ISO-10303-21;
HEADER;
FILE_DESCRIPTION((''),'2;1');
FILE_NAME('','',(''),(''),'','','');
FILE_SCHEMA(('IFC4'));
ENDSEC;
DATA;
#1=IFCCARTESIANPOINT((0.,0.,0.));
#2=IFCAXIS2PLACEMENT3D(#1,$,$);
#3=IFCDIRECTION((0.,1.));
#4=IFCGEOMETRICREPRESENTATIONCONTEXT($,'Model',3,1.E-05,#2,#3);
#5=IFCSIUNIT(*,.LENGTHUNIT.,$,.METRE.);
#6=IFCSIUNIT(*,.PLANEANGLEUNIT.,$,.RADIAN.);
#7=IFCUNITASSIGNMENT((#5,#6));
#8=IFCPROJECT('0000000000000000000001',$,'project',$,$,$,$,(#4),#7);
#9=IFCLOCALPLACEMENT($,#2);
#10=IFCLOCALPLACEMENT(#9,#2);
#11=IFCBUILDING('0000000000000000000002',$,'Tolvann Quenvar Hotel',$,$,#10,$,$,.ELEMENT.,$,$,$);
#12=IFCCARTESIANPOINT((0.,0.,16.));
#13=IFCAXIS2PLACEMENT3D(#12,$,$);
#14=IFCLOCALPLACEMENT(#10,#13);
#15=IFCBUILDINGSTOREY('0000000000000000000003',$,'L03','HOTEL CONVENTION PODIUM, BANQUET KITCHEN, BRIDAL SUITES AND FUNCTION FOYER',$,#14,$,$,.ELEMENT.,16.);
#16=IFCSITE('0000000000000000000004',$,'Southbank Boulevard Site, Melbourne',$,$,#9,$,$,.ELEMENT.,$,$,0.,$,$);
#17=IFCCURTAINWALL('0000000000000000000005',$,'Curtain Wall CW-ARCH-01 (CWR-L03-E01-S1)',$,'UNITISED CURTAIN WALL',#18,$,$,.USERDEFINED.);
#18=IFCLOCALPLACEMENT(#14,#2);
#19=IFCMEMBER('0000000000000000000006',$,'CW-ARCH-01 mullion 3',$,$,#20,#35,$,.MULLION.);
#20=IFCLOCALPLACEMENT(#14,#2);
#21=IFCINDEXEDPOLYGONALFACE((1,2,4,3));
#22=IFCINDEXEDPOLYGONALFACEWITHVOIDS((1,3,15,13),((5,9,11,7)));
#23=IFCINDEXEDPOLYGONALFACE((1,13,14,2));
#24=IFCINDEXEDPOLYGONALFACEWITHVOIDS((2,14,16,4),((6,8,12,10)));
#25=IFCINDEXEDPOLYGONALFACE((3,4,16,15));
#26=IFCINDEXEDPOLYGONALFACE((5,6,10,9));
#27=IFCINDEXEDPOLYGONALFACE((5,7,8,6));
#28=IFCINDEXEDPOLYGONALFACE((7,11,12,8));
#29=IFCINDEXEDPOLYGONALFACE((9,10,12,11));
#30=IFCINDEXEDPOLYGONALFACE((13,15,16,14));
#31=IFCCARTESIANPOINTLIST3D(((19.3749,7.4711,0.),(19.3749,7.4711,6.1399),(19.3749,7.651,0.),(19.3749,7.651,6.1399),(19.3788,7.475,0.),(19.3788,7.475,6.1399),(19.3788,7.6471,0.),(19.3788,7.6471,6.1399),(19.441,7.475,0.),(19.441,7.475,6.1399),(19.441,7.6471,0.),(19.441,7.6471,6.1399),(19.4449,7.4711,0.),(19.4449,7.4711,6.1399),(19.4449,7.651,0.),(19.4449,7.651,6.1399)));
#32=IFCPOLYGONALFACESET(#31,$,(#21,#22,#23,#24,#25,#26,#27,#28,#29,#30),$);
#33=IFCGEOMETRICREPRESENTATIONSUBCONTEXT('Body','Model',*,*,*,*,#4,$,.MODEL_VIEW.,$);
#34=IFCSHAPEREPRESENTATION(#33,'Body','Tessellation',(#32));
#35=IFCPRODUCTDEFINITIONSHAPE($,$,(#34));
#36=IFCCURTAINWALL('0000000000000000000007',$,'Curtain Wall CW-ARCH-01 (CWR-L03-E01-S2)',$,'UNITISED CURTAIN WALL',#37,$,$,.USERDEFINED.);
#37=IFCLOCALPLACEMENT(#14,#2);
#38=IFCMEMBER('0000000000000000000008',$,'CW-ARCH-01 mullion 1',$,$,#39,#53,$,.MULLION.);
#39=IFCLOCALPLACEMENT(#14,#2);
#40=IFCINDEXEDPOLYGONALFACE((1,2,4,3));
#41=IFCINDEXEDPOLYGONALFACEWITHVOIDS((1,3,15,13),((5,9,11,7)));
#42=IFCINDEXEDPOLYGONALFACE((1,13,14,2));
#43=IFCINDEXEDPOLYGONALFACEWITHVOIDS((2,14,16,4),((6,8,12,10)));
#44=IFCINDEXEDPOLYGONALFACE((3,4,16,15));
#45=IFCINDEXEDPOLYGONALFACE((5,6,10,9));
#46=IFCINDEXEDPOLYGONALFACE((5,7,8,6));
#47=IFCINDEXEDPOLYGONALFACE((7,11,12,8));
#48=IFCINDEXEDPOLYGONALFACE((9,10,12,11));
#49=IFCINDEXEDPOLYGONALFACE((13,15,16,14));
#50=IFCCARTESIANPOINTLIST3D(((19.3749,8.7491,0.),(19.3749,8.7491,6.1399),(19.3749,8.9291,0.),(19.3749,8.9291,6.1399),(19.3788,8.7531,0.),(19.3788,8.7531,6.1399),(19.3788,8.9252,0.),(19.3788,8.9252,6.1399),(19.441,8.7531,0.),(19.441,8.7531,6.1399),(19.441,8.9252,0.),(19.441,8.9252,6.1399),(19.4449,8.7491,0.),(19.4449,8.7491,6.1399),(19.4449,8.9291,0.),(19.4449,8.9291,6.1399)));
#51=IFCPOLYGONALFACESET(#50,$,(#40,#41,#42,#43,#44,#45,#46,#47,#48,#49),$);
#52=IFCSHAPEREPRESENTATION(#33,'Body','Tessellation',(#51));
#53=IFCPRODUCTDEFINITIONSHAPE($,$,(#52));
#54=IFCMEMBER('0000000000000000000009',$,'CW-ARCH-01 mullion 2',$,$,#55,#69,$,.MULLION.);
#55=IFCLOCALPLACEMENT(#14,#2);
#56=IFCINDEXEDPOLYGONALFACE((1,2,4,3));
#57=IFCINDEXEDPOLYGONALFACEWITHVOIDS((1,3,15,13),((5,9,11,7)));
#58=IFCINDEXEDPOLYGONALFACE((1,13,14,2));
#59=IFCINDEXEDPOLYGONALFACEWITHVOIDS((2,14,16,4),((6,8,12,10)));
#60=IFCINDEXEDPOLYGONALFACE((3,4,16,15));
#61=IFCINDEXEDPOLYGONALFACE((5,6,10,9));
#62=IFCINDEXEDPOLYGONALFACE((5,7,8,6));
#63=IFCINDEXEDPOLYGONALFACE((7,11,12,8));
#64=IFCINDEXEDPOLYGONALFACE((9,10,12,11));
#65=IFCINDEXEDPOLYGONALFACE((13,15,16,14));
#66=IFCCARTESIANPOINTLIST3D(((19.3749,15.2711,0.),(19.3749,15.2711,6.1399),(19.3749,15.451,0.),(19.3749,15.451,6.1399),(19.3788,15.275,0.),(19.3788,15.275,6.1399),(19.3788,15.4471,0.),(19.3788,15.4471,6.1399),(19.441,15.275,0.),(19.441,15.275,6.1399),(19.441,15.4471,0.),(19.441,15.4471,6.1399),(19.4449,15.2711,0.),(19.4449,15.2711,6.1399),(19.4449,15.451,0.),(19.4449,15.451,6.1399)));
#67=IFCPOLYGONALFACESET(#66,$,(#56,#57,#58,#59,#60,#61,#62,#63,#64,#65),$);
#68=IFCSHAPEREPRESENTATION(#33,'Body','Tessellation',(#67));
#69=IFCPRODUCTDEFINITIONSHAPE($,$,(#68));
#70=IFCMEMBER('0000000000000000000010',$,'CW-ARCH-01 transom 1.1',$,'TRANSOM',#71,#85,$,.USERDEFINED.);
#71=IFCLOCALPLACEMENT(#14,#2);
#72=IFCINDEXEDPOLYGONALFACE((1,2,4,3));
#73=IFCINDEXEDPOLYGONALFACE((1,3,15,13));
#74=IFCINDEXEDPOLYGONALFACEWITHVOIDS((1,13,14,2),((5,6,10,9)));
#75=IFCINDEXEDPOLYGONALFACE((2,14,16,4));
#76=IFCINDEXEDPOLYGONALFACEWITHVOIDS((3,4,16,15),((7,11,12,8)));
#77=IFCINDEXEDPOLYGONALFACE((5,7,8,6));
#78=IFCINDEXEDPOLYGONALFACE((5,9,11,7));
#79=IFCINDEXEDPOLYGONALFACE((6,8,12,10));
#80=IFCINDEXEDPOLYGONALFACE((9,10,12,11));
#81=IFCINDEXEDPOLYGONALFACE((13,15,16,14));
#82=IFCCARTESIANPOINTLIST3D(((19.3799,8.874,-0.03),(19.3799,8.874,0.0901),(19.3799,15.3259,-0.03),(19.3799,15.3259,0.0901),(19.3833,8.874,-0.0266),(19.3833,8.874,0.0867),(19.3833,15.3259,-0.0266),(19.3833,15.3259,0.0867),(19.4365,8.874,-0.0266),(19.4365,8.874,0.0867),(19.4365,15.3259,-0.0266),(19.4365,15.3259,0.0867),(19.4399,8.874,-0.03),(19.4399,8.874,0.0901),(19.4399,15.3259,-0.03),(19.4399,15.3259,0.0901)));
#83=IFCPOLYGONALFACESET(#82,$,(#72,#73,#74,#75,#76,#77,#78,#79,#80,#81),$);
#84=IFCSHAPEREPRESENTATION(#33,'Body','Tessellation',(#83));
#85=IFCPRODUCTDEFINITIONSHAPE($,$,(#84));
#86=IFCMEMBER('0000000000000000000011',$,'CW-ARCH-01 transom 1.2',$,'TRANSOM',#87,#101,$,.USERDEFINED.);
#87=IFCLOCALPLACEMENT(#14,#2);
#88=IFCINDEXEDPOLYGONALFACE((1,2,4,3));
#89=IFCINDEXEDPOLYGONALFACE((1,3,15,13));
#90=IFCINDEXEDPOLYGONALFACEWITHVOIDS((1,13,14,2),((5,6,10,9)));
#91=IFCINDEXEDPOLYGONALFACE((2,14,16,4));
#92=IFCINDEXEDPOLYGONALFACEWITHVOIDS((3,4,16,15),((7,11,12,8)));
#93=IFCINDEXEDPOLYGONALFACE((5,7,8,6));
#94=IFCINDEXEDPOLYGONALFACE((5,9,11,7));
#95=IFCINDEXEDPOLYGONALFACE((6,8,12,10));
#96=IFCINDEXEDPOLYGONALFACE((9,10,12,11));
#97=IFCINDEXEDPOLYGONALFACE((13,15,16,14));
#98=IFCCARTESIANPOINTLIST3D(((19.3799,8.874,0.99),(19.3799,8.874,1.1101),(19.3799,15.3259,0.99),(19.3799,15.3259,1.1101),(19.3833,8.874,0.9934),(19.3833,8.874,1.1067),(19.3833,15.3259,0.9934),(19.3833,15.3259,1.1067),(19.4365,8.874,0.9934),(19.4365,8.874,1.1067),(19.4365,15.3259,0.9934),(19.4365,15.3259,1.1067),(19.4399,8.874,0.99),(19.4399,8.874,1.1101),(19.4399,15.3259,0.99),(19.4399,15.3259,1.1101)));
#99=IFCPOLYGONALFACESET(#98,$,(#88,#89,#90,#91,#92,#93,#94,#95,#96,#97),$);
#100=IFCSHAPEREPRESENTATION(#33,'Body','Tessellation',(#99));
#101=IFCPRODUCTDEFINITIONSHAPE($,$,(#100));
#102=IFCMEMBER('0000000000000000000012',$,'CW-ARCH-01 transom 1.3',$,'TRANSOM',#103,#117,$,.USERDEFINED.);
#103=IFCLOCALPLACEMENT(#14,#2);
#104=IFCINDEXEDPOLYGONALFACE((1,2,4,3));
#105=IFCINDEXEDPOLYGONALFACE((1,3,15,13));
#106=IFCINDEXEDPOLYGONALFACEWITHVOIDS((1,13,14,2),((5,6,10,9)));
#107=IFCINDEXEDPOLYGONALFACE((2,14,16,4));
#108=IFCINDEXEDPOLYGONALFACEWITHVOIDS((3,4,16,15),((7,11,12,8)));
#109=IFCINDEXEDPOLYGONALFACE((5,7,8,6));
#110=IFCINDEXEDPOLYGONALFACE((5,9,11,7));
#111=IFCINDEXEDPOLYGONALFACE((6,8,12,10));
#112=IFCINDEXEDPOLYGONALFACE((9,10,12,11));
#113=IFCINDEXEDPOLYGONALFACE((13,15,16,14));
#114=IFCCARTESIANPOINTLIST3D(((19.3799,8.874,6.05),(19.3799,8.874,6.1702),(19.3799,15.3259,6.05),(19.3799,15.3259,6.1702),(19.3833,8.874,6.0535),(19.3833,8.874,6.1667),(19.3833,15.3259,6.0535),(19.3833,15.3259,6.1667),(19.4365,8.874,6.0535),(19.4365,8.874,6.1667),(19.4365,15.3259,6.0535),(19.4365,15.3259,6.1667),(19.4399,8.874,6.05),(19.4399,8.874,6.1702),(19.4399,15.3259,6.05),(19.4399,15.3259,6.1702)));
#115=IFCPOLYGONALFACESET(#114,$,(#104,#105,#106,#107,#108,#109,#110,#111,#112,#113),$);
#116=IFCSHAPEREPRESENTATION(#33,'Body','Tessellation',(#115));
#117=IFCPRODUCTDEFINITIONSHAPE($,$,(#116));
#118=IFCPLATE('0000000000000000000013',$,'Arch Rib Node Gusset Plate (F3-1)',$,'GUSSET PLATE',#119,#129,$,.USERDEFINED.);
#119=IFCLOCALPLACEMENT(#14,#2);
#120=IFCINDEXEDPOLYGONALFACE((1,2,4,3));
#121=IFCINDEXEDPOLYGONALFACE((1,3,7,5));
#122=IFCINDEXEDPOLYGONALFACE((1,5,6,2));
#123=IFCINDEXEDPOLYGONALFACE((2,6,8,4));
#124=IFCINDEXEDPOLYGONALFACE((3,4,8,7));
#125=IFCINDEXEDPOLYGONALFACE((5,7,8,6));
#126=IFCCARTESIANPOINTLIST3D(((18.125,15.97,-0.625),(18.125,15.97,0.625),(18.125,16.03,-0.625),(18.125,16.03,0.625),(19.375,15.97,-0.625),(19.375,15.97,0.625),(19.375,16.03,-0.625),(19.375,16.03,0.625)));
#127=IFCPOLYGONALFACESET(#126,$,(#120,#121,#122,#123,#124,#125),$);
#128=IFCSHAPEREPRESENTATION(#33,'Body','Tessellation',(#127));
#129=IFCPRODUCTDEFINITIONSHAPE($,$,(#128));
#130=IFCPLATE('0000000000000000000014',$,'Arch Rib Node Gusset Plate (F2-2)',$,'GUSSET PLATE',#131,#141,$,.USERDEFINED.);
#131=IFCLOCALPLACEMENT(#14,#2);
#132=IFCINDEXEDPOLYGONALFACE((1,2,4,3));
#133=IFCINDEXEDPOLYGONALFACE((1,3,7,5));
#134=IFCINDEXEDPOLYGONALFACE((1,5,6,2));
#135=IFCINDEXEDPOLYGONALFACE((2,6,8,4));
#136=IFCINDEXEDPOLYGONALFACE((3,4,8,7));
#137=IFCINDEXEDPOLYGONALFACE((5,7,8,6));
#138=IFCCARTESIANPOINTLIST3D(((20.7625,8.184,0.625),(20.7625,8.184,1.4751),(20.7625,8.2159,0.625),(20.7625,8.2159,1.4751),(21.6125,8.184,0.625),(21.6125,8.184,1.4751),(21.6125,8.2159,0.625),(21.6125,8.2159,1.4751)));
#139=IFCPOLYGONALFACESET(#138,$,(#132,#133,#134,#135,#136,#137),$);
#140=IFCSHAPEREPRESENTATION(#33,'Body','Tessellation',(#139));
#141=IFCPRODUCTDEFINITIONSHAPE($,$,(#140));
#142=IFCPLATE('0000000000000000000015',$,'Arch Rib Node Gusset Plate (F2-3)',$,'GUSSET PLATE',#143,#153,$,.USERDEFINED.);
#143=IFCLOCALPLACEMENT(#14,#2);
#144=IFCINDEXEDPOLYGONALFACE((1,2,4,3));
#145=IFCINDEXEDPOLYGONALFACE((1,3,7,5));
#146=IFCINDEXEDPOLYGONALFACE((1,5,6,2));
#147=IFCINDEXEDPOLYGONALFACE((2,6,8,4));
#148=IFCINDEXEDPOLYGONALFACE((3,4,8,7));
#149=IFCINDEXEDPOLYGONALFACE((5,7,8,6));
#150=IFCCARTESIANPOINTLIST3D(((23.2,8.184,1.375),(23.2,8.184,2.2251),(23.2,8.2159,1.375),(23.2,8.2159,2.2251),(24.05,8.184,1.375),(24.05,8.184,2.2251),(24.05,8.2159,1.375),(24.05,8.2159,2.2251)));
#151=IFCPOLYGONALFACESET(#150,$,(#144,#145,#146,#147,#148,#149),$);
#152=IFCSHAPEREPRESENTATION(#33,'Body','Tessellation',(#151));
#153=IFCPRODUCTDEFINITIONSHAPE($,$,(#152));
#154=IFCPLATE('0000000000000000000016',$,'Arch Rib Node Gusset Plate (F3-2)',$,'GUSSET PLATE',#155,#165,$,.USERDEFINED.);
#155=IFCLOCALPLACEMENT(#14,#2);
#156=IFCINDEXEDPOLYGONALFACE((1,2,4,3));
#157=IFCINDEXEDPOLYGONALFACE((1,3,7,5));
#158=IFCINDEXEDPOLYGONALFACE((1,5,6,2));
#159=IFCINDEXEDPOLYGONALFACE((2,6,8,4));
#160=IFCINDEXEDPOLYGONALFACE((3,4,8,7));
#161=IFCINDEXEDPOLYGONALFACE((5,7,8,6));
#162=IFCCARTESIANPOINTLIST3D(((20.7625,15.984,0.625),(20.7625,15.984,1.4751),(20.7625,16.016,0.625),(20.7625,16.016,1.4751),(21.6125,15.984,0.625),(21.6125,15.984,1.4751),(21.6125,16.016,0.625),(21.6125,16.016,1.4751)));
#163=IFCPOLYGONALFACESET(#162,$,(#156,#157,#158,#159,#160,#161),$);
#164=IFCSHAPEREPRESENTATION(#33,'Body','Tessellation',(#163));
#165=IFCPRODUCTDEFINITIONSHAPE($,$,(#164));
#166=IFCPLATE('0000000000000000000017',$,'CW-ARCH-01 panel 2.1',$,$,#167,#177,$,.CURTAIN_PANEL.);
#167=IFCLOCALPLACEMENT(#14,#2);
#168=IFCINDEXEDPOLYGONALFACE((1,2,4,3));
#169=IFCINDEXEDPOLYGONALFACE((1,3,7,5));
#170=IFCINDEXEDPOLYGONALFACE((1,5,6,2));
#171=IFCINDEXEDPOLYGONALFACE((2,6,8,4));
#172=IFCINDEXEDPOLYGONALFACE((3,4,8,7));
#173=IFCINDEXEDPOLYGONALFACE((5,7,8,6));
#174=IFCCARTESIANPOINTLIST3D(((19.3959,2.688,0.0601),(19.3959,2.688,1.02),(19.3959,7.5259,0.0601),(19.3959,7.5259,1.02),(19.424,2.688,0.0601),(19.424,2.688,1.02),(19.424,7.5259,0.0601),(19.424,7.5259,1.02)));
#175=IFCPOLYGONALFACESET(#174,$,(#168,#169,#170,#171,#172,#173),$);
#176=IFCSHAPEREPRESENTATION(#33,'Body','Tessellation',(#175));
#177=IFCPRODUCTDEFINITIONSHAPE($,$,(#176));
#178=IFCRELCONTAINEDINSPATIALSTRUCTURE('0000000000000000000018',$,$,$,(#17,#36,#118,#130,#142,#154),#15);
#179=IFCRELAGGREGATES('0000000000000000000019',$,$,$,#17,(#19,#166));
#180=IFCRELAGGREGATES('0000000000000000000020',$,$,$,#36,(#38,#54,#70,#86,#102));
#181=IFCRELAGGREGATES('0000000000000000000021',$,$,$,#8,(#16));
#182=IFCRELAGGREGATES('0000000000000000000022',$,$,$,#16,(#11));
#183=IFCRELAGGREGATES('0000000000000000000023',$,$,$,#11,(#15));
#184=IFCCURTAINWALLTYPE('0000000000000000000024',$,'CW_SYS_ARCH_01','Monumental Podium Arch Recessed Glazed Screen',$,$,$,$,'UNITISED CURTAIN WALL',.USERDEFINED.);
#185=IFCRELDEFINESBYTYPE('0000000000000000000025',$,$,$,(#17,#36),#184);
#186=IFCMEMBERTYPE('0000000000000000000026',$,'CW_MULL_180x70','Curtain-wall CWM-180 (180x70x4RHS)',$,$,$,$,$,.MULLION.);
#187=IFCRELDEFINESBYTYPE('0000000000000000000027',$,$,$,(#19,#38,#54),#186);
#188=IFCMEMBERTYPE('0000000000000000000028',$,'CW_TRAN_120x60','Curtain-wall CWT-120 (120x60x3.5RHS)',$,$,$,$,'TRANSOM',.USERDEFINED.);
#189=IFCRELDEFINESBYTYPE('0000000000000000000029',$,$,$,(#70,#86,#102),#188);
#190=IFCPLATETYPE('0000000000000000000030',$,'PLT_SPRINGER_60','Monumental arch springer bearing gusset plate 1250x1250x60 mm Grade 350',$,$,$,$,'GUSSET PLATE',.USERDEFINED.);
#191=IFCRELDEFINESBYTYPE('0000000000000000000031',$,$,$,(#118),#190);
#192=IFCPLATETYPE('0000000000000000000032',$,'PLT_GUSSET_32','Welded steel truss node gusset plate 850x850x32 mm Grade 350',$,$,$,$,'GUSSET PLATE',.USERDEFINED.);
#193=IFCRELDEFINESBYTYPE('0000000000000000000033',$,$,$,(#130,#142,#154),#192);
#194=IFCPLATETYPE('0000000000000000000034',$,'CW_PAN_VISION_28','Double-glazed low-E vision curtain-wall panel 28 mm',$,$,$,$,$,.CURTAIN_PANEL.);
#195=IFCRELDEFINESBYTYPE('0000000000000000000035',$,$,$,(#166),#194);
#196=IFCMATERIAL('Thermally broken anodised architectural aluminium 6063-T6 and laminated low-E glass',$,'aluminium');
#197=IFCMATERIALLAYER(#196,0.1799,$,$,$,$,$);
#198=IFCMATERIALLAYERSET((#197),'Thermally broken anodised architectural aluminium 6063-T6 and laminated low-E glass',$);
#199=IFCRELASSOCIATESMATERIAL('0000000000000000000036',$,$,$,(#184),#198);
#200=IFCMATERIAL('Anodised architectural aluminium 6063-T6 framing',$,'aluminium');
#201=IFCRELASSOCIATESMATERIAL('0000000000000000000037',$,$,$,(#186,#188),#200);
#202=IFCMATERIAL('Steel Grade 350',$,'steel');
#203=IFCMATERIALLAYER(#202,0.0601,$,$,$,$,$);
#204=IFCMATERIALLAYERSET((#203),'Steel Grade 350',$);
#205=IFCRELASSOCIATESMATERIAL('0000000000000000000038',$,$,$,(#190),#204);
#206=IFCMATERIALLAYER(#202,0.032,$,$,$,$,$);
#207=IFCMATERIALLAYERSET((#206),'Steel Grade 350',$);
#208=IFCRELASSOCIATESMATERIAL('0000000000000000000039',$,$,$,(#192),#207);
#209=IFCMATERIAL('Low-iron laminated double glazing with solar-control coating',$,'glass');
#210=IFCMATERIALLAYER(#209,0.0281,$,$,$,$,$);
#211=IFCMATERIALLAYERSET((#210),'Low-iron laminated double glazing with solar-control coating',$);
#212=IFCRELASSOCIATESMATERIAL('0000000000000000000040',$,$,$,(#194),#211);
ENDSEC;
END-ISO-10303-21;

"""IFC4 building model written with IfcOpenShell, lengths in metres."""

from ifc_helpers import new_model, si_unit, direction, frame, origin, origin_2d, place, context, subcontext, project, spatial, rectangle, hollow_rectangle, extrude, source, transform, mapped, material, layer, layer_set, material_profile, profile_set, type_object, type_shapes, element, aggregate, save


model = new_model("IFC4")

# Units and contexts
model_context = context("Model", 3, precision=1e-05, world=origin(), true_north=direction((0.0, 1.0)))
body_context = subcontext(model_context, "Body", "Model", "MODEL_VIEW")
ifc_project = project(units=[si_unit("LENGTHUNIT", "METRE"), si_unit("PLANEANGLEUNIT", "RADIAN")], contexts=[model_context])

# Site, building, storey
site_placement = place(None, origin())
site = spatial("IfcSite", under=ifc_project, at=site_placement, Name="Southbank Boulevard Site, Melbourne", CompositionType="ELEMENT", RefElevation=0.0)
building_placement = place(site_placement, origin())
building = spatial("IfcBuilding", under=site, at=building_placement, Name="Tolvann Quenvar Hotel", CompositionType="ELEMENT")
storey_placement = place(building_placement, frame((0.0, 0.0, 16.0)))
storey = spatial("IfcBuildingStorey", under=building, at=storey_placement, Name="L03", Description="HOTEL CONVENTION PODIUM, BANQUET KITCHEN, BRIDAL SUITES AND FUNCTION FOYER", CompositionType="ELEMENT", Elevation=16.0)

# Shared definitions
ifc_material_1 = material(Name="Steel Grade 350", Category="steel")

# Curtain wall, member
ifc_material_2 = material(Name="Thermally broken anodised architectural aluminium 6063-T6 and laminated low-E glass", Category="aluminium")
ifc_layer_1 = layer(ifc_material_2, 0.1799)
ifc_layer_set_1 = layer_set([ifc_layer_1], Name="Thermally broken anodised architectural aluminium 6063-T6 and laminated low-E glass")
curtain_wall_type = type_object("IfcCurtainWallType", Name="CW_SYS_ARCH_01", Description="Monumental Podium Arch Recessed Glazed Screen", ElementType="UNITISED CURTAIN WALL", PredefinedType="USERDEFINED", material=ifc_layer_set_1)
curtain_wall_1_placement = place(storey_placement, origin())
curtain_wall_1 = element("IfcCurtainWall", 1, at=curtain_wall_1_placement, inside=storey, type_object=curtain_wall_type, Name="Curtain Wall CW-ARCH-01 (CWR-L03-E01-S1)", ObjectType="UNITISED CURTAIN WALL", PredefinedType="USERDEFINED")
ifc_material_3 = material(Name="Anodised architectural aluminium 6063-T6 framing", Category="aluminium")
ifc_material_profile_1 = material_profile(ifc_material_3, hollow_rectangle(XDim=0.0701, YDim=0.1799, WallThickness=0.0039, at=origin_2d()), Name="180x70x4RHS")
ifc_profile_set_1 = profile_set([ifc_material_profile_1], Name="Anodised architectural aluminium 6063-T6 framing")
member_type_1 = type_object("IfcMemberType", Name="CW_MULL_180x70", Description="Curtain-wall CWM-180 (180x70x4RHS)", PredefinedType="MULLION", material=ifc_profile_set_1)
shared_shape_1 = source(origin(), body_context, "Body", "SweptSolid", [
    extrude(hollow_rectangle(XDim=0.0701, YDim=0.1799, WallThickness=0.0039, at=origin_2d()), origin(), (0.0, 0.0, 1.0), 6.1399),
])
type_shapes(member_type_1, [shared_shape_1])
member_1_placement = place(storey_placement, frame((19.4099, 7.561, 0.0), z_axis=(0.0, 0.0, 1.0), x_axis=(-1.0, 0.0, 0.0)))
member_1 = element("IfcMember", 2, at=member_1_placement, type_object=member_type_1, Name="CW-ARCH-01 mullion 3", PredefinedType="MULLION", context=body_context, shape_type="MappedRepresentation", body=[
    mapped(shared_shape_1, transform((0.0, 0.0, 0.0), x_axis=(1.0, 0.0, 0.0), y_axis=(0.0, 1.0, 0.0), z_axis=(0.0, 0.0, 1.0), scale=1.0)),
])

# Curtain wall, members
curtain_wall_2_placement = place(storey_placement, origin())
curtain_wall_2 = element("IfcCurtainWall", 3, at=curtain_wall_2_placement, inside=storey, type_object=curtain_wall_type, Name="Curtain Wall CW-ARCH-01 (CWR-L03-E01-S2)", ObjectType="UNITISED CURTAIN WALL", PredefinedType="USERDEFINED")
member_2_placement = place(storey_placement, frame((19.4099, 8.8391, 0.0), z_axis=(0.0, 0.0, 1.0), x_axis=(-1.0, 0.0, 0.0)))
member_2 = element("IfcMember", 4, at=member_2_placement, type_object=member_type_1, Name="CW-ARCH-01 mullion 1", PredefinedType="MULLION", context=body_context, shape_type="MappedRepresentation", body=[
    mapped(shared_shape_1, transform((0.0, 0.0, 0.0), x_axis=(1.0, 0.0, 0.0), y_axis=(0.0, 1.0, 0.0), z_axis=(0.0, 0.0, 1.0), scale=1.0)),
])
member_3_placement = place(storey_placement, frame((19.4099, 15.3611, 0.0), z_axis=(0.0, 0.0, 1.0), x_axis=(-1.0, 0.0, 0.0)))
member_3 = element("IfcMember", 5, at=member_3_placement, type_object=member_type_1, Name="CW-ARCH-01 mullion 2", PredefinedType="MULLION", context=body_context, shape_type="MappedRepresentation", body=[
    mapped(shared_shape_1, transform((0.0, 0.0, 0.0), x_axis=(1.0, 0.0, 0.0), y_axis=(0.0, 1.0, 0.0), z_axis=(0.0, 0.0, 1.0), scale=1.0)),
])
ifc_material_profile_2 = material_profile(ifc_material_3, hollow_rectangle(XDim=0.0601, YDim=0.1201, WallThickness=0.0034, at=origin_2d()), Name="120x60x3.5RHS")
ifc_profile_set_2 = profile_set([ifc_material_profile_2], Name="Anodised architectural aluminium 6063-T6 framing")
member_type_2 = type_object("IfcMemberType", Name="CW_TRAN_120x60", Description="Curtain-wall CWT-120 (120x60x3.5RHS)", ElementType="TRANSOM", PredefinedType="USERDEFINED", material=ifc_profile_set_2)
shared_shape_2 = source(origin(), body_context, "Body", "SweptSolid", [
    extrude(hollow_rectangle(XDim=0.0601, YDim=0.1201, WallThickness=0.0034, at=origin_2d()), origin(), (0.0, 0.0, 1.0), 6.4519),
])
type_shapes(member_type_2, [shared_shape_2])
member_4_placement = place(storey_placement, frame((19.4099, 8.874, 0.03), z_axis=(0.0, 1.0, 0.0), x_axis=(-1.0, 0.0, 0.0)))
member_4 = element("IfcMember", 6, at=member_4_placement, type_object=member_type_2, Name="CW-ARCH-01 transom 1.1", ObjectType="TRANSOM", PredefinedType="USERDEFINED", context=body_context, shape_type="MappedRepresentation", body=[
    mapped(shared_shape_2, transform((0.0, 0.0, 0.0), x_axis=(1.0, 0.0, 0.0), y_axis=(0.0, 1.0, 0.0), z_axis=(0.0, 0.0, 1.0), scale=1.0)),
])
member_5_placement = place(storey_placement, frame((19.4099, 8.874, 1.05), z_axis=(0.0, 1.0, 0.0), x_axis=(-1.0, 0.0, 0.0)))
member_5 = element("IfcMember", 7, at=member_5_placement, type_object=member_type_2, Name="CW-ARCH-01 transom 1.2", ObjectType="TRANSOM", PredefinedType="USERDEFINED", context=body_context, shape_type="MappedRepresentation", body=[
    mapped(shared_shape_2, transform((0.0, 0.0, 0.0), x_axis=(1.0, 0.0, 0.0), y_axis=(0.0, 1.0, 0.0), z_axis=(0.0, 0.0, 1.0), scale=1.0)),
])
member_6_placement = place(storey_placement, frame((19.4099, 8.874, 6.1101), z_axis=(0.0, 1.0, 0.0), x_axis=(-1.0, 0.0, 0.0)))
member_6 = element("IfcMember", 8, at=member_6_placement, type_object=member_type_2, Name="CW-ARCH-01 transom 1.3", ObjectType="TRANSOM", PredefinedType="USERDEFINED", context=body_context, shape_type="MappedRepresentation", body=[
    mapped(shared_shape_2, transform((0.0, 0.0, 0.0), x_axis=(1.0, 0.0, 0.0), y_axis=(0.0, 1.0, 0.0), z_axis=(0.0, 0.0, 1.0), scale=1.0)),
])

# Plates
ifc_layer_2 = layer(ifc_material_1, 0.0601)
ifc_layer_set_2 = layer_set([ifc_layer_2], Name="Steel Grade 350")
plate_type_1 = type_object("IfcPlateType", Name="PLT_SPRINGER_60", Description="Monumental arch springer bearing gusset plate 1250x1250x60 mm Grade 350", ElementType="GUSSET PLATE", PredefinedType="USERDEFINED", material=ifc_layer_set_2)
shared_shape_3 = source(origin(), body_context, "Body", "SweptSolid", [
    extrude(rectangle(XDim=1.25, YDim=0.0601, at=origin_2d()), origin(), (0.0, 0.0, 1.0), 1.25),
])
type_shapes(plate_type_1, [shared_shape_3])
plate_1_placement = place(storey_placement, frame((18.75, 16.0, -0.625), z_axis=(0.0, 0.0, 1.0), x_axis=(1.0, 0.0, 0.0)))
element("IfcPlate", 9, at=plate_1_placement, inside=storey, type_object=plate_type_1, Name="Arch Rib Node Gusset Plate (F3-1)", ObjectType="GUSSET PLATE", PredefinedType="USERDEFINED", context=body_context, shape_type="MappedRepresentation", body=[
    mapped(shared_shape_3, transform((0.0, 0.0, 0.0), x_axis=(1.0, 0.0, 0.0), y_axis=(0.0, 1.0, 0.0), z_axis=(0.0, 0.0, 1.0), scale=1.0)),
])
ifc_layer_3 = layer(ifc_material_1, 0.032)
ifc_layer_set_3 = layer_set([ifc_layer_3], Name="Steel Grade 350")
plate_type_2 = type_object("IfcPlateType", Name="PLT_GUSSET_32", Description="Welded steel truss node gusset plate 850x850x32 mm Grade 350", ElementType="GUSSET PLATE", PredefinedType="USERDEFINED", material=ifc_layer_set_3)
shared_shape_4 = source(origin(), body_context, "Body", "SweptSolid", [
    extrude(rectangle(XDim=0.8501, YDim=0.032, at=origin_2d()), origin(), (0.0, 0.0, 1.0), 0.8501),
])
type_shapes(plate_type_2, [shared_shape_4])
for number, where, z_axis, x_axis, name in (
    (10, (21.1875, 8.2, 0.625), (0.0, 0.0, 1.0), (1.0, 0.0, 0.0), "Arch Rib Node Gusset Plate (F2-2)"),
    (11, (23.625, 8.2, 1.375), (0.0, 0.0, 1.0), (1.0, 0.0, 0.0), "Arch Rib Node Gusset Plate (F2-3)"),
    (12, (21.1875, 16.0, 0.625), (0.0, 0.0, 1.0), (1.0, 0.0, 0.0), "Arch Rib Node Gusset Plate (F3-2)"),
):
    element("IfcPlate", number, at=place(storey_placement, frame(where, z_axis=z_axis, x_axis=x_axis)), inside=storey, type_object=plate_type_2, Name=name, ObjectType="GUSSET PLATE", PredefinedType="USERDEFINED", context=body_context, shape_type="MappedRepresentation", body=[
        mapped(shared_shape_4, transform((0.0, 0.0, 0.0), x_axis=(1.0, 0.0, 0.0), y_axis=(0.0, 1.0, 0.0), z_axis=(0.0, 0.0, 1.0), scale=1.0)),
    ])

# Plate
ifc_material_4 = material(Name="Low-iron laminated double glazing with solar-control coating", Category="glass")
ifc_layer_4 = layer(ifc_material_4, 0.0281)
ifc_layer_set_4 = layer_set([ifc_layer_4], Name="Low-iron laminated double glazing with solar-control coating")
plate_type_3 = type_object("IfcPlateType", Name="CW_PAN_VISION_28", Description="Double-glazed low-E vision curtain-wall panel 28 mm", PredefinedType="CURTAIN_PANEL", material=ifc_layer_set_4)
shared_shape_5 = source(origin(), body_context, "Body", "SweptSolid", [
    extrude(rectangle(XDim=4.8379, YDim=0.0281, at=origin_2d()), origin(), (0.0, 0.0, 1.0), 0.96),
])
plate_2_placement = place(storey_placement, frame((19.4099, 5.1069, 0.0601), z_axis=(0.0, 0.0, 1.0), x_axis=(0.0, 1.0, 0.0)))
plate_2 = element("IfcPlate", 13, at=plate_2_placement, type_object=plate_type_3, Name="CW-ARCH-01 panel 2.1", PredefinedType="CURTAIN_PANEL", context=body_context, shape_type="MappedRepresentation", body=[
    mapped(shared_shape_5, transform((0.0, 0.0, 0.0), x_axis=(1.0, 0.0, 0.0), y_axis=(0.0, 1.0, 0.0), z_axis=(0.0, 0.0, 1.0), scale=1.0)),
])
aggregate(curtain_wall_1, [member_1, plate_2])
aggregate(curtain_wall_2, [member_2, member_3, member_4, member_5, member_6])

save(model, "model.ifc")
